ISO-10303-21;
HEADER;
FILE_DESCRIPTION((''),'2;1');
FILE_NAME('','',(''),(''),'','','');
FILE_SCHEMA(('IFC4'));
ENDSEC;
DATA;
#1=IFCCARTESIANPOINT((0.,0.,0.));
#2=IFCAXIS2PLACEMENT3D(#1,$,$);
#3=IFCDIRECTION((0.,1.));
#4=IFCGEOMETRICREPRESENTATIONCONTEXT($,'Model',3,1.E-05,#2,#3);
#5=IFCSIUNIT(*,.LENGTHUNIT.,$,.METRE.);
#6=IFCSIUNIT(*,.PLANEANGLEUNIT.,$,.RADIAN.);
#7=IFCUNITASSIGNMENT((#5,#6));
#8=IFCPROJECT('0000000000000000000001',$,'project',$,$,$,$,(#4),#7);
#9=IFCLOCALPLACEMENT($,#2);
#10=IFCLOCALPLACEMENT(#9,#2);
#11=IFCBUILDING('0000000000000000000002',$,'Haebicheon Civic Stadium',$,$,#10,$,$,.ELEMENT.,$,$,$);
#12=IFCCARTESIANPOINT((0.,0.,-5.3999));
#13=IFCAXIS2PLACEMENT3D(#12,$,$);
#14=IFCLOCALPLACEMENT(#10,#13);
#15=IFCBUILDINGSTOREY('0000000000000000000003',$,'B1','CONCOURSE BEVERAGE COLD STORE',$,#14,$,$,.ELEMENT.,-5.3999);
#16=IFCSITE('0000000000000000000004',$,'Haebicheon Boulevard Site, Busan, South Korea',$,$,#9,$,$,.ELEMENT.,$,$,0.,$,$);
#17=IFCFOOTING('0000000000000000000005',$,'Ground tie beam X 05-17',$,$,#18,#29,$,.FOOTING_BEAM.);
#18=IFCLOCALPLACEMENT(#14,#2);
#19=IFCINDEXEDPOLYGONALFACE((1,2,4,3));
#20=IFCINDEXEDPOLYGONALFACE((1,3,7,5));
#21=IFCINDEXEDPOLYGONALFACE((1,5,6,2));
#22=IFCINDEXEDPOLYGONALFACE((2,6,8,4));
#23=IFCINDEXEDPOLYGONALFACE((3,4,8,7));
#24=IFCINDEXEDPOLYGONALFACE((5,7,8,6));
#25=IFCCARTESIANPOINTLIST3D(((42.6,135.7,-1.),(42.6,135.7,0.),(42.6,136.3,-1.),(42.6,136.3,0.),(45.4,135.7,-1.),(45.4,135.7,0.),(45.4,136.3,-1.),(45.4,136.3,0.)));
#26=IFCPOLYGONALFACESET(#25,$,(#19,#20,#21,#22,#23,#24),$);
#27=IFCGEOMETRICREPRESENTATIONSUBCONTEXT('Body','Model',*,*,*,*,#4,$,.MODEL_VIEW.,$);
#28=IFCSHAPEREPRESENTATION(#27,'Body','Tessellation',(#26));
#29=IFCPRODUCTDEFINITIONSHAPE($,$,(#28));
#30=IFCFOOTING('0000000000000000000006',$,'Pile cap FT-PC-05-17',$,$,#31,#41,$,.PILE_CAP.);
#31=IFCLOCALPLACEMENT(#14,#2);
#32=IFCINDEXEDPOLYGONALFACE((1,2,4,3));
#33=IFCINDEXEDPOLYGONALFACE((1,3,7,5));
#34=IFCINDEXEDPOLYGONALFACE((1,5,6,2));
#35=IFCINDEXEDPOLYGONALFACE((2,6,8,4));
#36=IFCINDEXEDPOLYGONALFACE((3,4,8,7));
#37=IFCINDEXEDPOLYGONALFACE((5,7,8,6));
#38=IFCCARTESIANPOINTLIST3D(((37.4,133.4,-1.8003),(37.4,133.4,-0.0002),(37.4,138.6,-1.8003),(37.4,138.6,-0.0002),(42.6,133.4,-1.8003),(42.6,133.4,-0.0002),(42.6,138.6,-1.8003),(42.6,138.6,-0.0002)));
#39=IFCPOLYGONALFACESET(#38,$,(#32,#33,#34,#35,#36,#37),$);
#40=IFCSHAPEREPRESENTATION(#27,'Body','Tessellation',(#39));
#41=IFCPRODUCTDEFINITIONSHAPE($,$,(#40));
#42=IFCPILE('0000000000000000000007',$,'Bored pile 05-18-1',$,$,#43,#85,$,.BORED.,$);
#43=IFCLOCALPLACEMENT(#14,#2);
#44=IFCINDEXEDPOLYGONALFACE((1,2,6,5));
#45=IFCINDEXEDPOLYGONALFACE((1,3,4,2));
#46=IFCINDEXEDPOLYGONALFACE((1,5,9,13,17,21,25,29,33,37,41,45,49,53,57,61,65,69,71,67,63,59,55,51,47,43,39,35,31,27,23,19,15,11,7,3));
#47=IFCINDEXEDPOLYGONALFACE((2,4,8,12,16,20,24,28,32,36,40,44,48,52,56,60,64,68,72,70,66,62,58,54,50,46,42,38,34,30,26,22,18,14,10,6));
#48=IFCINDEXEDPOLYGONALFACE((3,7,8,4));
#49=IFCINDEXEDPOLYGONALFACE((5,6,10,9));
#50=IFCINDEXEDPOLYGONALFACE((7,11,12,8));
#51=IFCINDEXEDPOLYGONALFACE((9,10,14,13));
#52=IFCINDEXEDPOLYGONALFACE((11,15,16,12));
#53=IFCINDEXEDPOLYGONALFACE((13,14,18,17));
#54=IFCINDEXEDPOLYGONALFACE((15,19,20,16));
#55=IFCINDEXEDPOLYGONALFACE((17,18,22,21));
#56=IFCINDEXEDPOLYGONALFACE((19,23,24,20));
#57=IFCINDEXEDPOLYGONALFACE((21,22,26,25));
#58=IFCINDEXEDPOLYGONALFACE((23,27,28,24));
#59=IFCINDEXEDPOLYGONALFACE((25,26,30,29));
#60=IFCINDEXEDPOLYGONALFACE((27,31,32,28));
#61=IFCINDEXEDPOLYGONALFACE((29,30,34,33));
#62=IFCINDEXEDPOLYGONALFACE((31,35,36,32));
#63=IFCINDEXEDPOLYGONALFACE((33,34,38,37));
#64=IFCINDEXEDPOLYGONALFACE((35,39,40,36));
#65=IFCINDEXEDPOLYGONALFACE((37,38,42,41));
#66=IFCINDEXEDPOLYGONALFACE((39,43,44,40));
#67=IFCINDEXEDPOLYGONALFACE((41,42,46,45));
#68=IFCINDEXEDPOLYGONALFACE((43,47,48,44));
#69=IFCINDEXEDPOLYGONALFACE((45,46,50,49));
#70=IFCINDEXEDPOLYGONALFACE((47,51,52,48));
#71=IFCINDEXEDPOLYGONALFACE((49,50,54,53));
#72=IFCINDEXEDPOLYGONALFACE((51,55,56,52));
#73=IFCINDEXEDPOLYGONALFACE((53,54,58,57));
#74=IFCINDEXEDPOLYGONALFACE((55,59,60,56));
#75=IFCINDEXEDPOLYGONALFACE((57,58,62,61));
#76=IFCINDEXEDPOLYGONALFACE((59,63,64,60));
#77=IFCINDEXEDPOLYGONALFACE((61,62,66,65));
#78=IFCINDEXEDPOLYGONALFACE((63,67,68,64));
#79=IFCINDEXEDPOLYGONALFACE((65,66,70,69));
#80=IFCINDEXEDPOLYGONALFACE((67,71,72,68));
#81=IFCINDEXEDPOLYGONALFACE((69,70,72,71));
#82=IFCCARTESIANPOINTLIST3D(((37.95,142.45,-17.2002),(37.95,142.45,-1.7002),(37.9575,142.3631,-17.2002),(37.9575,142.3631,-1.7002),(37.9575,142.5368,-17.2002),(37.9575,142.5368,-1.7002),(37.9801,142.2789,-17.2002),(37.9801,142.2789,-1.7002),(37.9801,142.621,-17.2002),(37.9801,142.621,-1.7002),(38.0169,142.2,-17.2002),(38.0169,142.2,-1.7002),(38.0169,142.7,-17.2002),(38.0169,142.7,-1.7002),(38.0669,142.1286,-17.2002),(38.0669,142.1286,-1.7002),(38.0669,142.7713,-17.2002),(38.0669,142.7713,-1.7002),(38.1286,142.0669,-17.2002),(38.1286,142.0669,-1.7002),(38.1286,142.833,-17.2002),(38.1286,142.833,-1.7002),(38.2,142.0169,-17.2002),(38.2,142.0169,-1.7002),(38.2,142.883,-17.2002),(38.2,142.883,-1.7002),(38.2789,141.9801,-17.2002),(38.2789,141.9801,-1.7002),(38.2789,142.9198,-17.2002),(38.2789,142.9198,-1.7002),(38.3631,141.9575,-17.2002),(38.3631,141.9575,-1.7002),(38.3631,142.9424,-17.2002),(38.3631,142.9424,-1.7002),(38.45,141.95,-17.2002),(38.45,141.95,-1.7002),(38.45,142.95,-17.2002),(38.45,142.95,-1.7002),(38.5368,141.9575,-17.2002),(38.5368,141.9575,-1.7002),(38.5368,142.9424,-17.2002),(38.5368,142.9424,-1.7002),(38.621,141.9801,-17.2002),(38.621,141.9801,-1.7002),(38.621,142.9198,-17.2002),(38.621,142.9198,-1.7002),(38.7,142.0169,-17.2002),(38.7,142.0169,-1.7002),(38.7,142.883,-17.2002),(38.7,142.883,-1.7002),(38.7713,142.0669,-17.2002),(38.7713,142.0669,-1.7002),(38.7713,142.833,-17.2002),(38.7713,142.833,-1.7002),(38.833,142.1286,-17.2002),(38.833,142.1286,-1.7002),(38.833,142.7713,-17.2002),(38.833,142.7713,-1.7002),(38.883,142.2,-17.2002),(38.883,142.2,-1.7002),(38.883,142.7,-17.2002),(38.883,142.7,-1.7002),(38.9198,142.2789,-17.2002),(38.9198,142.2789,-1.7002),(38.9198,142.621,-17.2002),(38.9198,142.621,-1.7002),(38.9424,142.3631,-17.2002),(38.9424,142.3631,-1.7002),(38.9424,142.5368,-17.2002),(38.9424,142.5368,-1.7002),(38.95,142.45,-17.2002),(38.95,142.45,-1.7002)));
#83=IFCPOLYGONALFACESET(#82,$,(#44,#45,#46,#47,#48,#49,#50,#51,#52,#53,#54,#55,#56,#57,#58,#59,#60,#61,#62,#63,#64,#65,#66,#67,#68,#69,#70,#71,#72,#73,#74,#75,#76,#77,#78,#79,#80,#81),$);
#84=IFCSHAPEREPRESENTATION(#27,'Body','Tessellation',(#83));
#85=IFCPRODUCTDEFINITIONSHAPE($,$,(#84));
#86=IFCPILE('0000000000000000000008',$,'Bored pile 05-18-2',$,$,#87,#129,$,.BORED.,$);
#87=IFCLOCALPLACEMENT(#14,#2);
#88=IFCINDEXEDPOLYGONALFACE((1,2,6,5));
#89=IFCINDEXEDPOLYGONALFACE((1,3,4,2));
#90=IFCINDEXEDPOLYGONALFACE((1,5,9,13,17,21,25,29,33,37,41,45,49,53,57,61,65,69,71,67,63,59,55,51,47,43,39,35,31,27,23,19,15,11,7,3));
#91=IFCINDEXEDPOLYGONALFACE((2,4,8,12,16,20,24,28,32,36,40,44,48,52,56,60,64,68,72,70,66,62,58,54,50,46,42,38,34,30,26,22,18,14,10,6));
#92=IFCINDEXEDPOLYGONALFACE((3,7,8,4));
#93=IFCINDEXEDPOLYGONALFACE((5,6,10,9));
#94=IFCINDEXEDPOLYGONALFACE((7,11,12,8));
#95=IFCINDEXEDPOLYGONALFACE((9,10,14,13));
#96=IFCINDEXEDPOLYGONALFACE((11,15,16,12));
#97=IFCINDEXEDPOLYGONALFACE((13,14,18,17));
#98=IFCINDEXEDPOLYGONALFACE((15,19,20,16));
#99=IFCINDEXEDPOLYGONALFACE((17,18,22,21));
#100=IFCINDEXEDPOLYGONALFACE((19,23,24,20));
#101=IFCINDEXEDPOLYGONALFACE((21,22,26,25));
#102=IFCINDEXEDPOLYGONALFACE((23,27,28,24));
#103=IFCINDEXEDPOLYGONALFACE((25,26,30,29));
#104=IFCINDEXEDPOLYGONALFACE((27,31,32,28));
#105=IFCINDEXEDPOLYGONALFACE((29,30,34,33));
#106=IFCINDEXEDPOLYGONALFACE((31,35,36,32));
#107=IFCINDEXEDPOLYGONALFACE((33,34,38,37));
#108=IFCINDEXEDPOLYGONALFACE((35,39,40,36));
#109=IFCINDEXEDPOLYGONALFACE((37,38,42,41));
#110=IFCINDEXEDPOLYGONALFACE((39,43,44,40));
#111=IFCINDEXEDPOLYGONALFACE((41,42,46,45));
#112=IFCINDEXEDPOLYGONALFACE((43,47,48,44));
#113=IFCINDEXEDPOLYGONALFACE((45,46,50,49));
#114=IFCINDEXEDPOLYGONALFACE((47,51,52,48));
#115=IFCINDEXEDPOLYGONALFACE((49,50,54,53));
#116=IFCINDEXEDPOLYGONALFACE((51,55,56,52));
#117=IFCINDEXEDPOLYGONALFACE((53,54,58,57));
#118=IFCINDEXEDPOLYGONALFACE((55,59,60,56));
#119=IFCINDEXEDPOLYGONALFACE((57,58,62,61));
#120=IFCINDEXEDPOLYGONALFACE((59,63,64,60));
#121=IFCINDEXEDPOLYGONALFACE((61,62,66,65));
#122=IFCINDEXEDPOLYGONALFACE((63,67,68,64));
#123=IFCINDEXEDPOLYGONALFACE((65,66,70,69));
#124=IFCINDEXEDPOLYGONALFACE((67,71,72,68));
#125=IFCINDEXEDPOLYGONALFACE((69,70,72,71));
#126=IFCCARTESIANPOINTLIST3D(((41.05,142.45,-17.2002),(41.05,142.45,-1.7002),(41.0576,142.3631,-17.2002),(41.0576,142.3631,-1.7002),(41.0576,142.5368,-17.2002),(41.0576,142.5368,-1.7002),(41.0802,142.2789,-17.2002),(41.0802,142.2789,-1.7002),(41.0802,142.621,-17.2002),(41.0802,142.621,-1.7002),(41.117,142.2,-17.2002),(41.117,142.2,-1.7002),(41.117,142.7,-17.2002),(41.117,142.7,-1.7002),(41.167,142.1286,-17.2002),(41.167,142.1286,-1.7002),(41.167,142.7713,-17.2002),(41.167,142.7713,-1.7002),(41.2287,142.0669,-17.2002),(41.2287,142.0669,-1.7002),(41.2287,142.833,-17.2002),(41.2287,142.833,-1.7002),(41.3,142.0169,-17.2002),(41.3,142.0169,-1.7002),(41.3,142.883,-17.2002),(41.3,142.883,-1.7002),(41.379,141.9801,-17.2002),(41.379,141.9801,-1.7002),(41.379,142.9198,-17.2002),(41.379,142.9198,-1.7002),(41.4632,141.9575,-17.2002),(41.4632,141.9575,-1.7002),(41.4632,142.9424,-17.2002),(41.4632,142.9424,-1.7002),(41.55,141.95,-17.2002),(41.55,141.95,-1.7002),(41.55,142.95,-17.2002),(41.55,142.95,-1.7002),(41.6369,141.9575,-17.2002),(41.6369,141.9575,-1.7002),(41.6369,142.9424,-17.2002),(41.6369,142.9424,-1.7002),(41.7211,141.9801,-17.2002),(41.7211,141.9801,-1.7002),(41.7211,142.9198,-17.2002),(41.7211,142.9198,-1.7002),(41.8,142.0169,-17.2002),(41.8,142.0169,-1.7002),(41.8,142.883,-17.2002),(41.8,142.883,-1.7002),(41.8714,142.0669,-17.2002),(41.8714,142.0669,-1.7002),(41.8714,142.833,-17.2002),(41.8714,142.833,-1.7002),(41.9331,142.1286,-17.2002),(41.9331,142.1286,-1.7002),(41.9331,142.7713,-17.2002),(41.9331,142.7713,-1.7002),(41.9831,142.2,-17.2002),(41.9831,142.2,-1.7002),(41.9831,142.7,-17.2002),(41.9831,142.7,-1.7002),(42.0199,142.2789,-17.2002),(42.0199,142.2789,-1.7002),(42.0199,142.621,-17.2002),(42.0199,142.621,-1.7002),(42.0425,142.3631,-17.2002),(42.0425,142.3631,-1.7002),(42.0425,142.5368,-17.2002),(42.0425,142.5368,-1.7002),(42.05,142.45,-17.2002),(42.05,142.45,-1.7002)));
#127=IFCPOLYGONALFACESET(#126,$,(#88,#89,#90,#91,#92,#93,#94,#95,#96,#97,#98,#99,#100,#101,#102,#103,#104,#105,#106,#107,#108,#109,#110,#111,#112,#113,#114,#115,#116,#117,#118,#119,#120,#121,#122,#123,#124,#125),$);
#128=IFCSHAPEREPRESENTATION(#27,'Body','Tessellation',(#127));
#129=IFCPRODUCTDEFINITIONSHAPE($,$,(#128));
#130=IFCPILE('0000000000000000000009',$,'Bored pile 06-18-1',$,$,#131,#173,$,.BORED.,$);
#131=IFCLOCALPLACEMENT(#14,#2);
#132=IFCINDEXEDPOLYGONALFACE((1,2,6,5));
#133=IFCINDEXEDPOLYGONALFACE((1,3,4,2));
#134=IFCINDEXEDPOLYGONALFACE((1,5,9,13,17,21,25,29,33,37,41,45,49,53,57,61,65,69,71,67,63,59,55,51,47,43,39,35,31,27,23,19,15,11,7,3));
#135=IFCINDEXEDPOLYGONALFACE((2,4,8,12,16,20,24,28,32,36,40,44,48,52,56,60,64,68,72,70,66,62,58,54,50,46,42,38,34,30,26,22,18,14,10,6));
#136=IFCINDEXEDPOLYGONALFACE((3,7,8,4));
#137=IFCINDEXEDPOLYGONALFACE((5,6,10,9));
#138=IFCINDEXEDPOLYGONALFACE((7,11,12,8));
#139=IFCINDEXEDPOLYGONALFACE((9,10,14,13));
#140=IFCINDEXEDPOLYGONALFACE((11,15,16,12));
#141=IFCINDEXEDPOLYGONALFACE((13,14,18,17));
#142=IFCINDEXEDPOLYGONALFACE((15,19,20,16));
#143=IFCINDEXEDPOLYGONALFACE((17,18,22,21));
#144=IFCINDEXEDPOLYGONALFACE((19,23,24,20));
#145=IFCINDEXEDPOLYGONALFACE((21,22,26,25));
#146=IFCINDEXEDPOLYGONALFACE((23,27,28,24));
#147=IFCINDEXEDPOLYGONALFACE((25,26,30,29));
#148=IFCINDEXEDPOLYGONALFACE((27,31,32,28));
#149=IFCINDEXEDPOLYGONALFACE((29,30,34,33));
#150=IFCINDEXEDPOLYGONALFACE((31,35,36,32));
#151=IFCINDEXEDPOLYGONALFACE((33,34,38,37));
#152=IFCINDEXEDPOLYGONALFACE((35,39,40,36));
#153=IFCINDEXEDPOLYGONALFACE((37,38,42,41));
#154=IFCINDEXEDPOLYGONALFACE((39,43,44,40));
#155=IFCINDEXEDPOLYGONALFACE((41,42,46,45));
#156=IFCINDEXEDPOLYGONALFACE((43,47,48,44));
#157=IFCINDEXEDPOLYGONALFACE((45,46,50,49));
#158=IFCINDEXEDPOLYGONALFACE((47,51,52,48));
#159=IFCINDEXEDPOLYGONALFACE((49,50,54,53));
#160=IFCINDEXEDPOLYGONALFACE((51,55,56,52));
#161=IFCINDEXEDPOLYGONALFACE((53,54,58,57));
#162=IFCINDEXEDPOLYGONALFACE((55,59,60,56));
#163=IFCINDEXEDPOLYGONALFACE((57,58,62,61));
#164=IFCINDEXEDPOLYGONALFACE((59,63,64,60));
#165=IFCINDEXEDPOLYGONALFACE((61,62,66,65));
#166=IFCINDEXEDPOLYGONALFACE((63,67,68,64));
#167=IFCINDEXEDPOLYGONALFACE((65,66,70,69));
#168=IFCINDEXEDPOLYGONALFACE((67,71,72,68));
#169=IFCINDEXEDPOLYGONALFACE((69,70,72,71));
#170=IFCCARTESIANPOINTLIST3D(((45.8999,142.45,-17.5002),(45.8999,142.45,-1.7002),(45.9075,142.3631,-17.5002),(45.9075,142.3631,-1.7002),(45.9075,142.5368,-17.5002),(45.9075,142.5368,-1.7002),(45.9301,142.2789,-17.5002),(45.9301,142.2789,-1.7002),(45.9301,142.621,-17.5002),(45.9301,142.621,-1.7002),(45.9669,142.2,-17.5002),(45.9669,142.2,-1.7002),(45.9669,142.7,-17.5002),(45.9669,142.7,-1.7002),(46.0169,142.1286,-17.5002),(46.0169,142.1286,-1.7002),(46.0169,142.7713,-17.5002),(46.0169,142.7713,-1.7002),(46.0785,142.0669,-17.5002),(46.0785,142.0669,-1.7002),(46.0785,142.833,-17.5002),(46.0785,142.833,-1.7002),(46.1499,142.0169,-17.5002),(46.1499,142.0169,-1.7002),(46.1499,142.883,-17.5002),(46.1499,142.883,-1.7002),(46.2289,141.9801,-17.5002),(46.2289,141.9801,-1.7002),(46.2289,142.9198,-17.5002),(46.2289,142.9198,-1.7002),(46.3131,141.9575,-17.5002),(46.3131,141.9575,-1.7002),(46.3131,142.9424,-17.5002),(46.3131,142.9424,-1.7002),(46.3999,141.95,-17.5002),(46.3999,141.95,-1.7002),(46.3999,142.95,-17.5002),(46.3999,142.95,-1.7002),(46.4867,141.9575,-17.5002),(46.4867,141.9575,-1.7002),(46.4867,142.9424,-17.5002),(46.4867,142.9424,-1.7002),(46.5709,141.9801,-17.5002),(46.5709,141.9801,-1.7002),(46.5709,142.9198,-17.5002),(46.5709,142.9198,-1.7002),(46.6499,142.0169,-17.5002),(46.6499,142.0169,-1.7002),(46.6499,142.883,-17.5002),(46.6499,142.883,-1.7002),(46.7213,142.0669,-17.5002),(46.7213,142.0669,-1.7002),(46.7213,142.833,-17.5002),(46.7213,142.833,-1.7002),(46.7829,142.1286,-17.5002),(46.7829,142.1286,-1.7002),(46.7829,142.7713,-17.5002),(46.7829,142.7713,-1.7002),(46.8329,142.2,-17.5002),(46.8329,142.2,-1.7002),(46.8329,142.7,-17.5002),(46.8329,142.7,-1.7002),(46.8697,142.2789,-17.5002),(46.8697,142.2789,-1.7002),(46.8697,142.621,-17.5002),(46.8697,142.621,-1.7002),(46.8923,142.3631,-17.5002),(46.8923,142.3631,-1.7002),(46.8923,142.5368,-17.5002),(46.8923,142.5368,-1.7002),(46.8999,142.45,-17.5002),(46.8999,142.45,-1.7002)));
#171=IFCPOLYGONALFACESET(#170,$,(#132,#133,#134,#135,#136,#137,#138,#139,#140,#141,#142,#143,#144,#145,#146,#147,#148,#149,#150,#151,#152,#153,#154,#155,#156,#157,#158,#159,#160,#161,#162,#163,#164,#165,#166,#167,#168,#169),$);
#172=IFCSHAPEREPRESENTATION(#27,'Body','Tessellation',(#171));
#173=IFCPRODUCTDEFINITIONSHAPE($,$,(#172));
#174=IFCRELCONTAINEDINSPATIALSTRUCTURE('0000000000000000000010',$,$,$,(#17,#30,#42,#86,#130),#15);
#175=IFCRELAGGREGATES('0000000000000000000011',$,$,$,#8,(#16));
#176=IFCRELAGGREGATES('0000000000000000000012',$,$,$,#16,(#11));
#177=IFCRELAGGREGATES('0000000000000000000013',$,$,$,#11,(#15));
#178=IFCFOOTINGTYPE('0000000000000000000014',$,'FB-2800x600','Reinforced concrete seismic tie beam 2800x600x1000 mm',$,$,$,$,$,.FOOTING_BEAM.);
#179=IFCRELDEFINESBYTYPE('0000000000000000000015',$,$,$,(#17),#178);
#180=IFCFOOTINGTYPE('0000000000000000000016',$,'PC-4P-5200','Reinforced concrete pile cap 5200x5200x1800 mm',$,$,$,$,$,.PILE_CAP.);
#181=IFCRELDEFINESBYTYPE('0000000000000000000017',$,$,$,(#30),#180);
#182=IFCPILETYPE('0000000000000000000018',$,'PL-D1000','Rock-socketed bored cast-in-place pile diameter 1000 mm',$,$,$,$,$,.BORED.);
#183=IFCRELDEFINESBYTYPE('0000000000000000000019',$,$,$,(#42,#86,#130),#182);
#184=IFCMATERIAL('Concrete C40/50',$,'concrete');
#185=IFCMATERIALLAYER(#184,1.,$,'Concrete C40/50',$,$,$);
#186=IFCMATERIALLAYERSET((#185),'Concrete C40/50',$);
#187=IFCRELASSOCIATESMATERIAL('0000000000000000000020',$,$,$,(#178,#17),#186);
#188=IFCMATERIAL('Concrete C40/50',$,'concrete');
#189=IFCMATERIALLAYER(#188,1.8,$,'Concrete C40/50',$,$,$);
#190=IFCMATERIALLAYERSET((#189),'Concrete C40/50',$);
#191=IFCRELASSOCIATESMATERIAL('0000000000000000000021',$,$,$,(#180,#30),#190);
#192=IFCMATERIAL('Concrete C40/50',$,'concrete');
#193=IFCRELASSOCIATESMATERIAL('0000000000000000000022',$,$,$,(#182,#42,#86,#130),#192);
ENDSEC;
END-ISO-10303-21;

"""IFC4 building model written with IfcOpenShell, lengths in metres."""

from ifc_helpers import new_model, si_unit, direction, frame, origin, origin_2d, place, context, subcontext, project, spatial, rectangle, circle, extrude, material, layer, layer_set, material_profile, profile_set, type_object, element, save


model = new_model("IFC4")

# Units and contexts
model_context = context("Model", 3, precision=1e-05, world=origin(), true_north=direction((0.0, 1.0)))
body_context = subcontext(model_context, "Body", "Model", "MODEL_VIEW")
ifc_project = project(units=[si_unit("LENGTHUNIT", "METRE"), si_unit("PLANEANGLEUNIT", "RADIAN")], contexts=[model_context])

# Site, building, storey
site_placement = place(None, origin())
site = spatial("IfcSite", under=ifc_project, at=site_placement, Name="Haebicheon Boulevard Site, Busan, South Korea", CompositionType="ELEMENT", RefElevation=0.0)
building_placement = place(site_placement, origin())
building = spatial("IfcBuilding", under=site, at=building_placement, Name="Haebicheon Civic Stadium", CompositionType="ELEMENT")
storey_placement = place(building_placement, frame((0.0, 0.0, -5.3999)))
storey = spatial("IfcBuildingStorey", under=building, at=storey_placement, Name="B1", Description="CONCOURSE BEVERAGE COLD STORE", CompositionType="ELEMENT", Elevation=-5.3999)

# Footings
ifc_material_1 = material(Name="Concrete C40/50", Category="concrete")
ifc_layer_1 = layer(ifc_material_1, 1.0, Name="Concrete C40/50")
ifc_layer_set_1 = layer_set([ifc_layer_1], Name="Concrete C40/50")
footing_type_1 = type_object("IfcFootingType", Name="FB-2800x600", Description="Reinforced concrete seismic tie beam 2800x600x1000 mm", PredefinedType="FOOTING_BEAM", material=ifc_layer_set_1)
footing_1_placement = place(storey_placement, frame((44.0, 136.0, -1.0), z_axis=(0.0, 0.0, 1.0), x_axis=(1.0, 0.0, 0.0)))
element("IfcFooting", 1, at=footing_1_placement, inside=storey, type_object=footing_type_1, material=ifc_layer_set_1, Name="Ground tie beam X 05-17", PredefinedType="FOOTING_BEAM", context=body_context, shape_type="SweptSolid", body=[
    extrude(rectangle(XDim=2.8, YDim=0.6001, at=origin_2d()), origin(), (0.0, 0.0, 1.0), 1.0),
])
ifc_material_2 = material(Name="Concrete C40/50", Category="concrete")
ifc_layer_2 = layer(ifc_material_2, 1.8, Name="Concrete C40/50")
ifc_layer_set_2 = layer_set([ifc_layer_2], Name="Concrete C40/50")
footing_type_2 = type_object("IfcFootingType", Name="PC-4P-5200", Description="Reinforced concrete pile cap 5200x5200x1800 mm", PredefinedType="PILE_CAP", material=ifc_layer_set_2)
footing_2_placement = place(storey_placement, frame((40.0, 136.0, -1.8003), z_axis=(0.0, 0.0, 1.0), x_axis=(1.0, 0.0, 0.0)))
element("IfcFooting", 2, at=footing_2_placement, inside=storey, type_object=footing_type_2, material=ifc_layer_set_2, Name="Pile cap FT-PC-05-17", PredefinedType="PILE_CAP", context=body_context, shape_type="SweptSolid", body=[
    extrude(rectangle(XDim=5.2, YDim=5.2, at=origin_2d()), origin(), (0.0, 0.0, 1.0), 1.8),
])

# Piles
ifc_material_3 = material(Name="Concrete C40/50", Category="concrete")
ifc_material_profile_1 = material_profile(ifc_material_3, circle(Radius=0.5, at=origin_2d()), Name="PILE-D1000")
ifc_profile_set_1 = profile_set([ifc_material_profile_1], Name="Concrete C40/50")
pile_type_1 = type_object("IfcPileType", Name="PL-D1000", Description="Rock-socketed bored cast-in-place pile diameter 1000 mm", PredefinedType="BORED", material=ifc_profile_set_1)
for number, where, z_axis, x_axis, name in (
    (3, (38.45, 142.45, -1.7002), (0.0, 0.0, -1.0), (1.0, 0.0, 0.0), "Bored pile 05-18-1"),
    (4, (41.55, 142.45, -1.7002), (0.0, 0.0, -1.0), (1.0, 0.0, 0.0), "Bored pile 05-18-2"),
):
    element("IfcPile", number, at=place(storey_placement, frame(where, z_axis=z_axis, x_axis=x_axis)), inside=storey, type_object=pile_type_1, material=ifc_profile_set_1, Name=name, PredefinedType="BORED", context=body_context, shape_type="SweptSolid", body=[
        extrude(circle(Radius=0.5, at=origin_2d()), origin(), (0.0, 0.0, 1.0), 15.5),
    ])
pile_placement = place(storey_placement, frame((46.3999, 142.45, -1.7002), z_axis=(0.0, 0.0, -1.0), x_axis=(1.0, 0.0, 0.0)))
element("IfcPile", 5, at=pile_placement, inside=storey, type_object=pile_type_1, material=ifc_profile_set_1, Name="Bored pile 06-18-1", PredefinedType="BORED", context=body_context, shape_type="SweptSolid", body=[
    extrude(circle(Radius=0.5, at=origin_2d()), origin(), (0.0, 0.0, 1.0), 15.8),
])

save(model, "model.ifc")
